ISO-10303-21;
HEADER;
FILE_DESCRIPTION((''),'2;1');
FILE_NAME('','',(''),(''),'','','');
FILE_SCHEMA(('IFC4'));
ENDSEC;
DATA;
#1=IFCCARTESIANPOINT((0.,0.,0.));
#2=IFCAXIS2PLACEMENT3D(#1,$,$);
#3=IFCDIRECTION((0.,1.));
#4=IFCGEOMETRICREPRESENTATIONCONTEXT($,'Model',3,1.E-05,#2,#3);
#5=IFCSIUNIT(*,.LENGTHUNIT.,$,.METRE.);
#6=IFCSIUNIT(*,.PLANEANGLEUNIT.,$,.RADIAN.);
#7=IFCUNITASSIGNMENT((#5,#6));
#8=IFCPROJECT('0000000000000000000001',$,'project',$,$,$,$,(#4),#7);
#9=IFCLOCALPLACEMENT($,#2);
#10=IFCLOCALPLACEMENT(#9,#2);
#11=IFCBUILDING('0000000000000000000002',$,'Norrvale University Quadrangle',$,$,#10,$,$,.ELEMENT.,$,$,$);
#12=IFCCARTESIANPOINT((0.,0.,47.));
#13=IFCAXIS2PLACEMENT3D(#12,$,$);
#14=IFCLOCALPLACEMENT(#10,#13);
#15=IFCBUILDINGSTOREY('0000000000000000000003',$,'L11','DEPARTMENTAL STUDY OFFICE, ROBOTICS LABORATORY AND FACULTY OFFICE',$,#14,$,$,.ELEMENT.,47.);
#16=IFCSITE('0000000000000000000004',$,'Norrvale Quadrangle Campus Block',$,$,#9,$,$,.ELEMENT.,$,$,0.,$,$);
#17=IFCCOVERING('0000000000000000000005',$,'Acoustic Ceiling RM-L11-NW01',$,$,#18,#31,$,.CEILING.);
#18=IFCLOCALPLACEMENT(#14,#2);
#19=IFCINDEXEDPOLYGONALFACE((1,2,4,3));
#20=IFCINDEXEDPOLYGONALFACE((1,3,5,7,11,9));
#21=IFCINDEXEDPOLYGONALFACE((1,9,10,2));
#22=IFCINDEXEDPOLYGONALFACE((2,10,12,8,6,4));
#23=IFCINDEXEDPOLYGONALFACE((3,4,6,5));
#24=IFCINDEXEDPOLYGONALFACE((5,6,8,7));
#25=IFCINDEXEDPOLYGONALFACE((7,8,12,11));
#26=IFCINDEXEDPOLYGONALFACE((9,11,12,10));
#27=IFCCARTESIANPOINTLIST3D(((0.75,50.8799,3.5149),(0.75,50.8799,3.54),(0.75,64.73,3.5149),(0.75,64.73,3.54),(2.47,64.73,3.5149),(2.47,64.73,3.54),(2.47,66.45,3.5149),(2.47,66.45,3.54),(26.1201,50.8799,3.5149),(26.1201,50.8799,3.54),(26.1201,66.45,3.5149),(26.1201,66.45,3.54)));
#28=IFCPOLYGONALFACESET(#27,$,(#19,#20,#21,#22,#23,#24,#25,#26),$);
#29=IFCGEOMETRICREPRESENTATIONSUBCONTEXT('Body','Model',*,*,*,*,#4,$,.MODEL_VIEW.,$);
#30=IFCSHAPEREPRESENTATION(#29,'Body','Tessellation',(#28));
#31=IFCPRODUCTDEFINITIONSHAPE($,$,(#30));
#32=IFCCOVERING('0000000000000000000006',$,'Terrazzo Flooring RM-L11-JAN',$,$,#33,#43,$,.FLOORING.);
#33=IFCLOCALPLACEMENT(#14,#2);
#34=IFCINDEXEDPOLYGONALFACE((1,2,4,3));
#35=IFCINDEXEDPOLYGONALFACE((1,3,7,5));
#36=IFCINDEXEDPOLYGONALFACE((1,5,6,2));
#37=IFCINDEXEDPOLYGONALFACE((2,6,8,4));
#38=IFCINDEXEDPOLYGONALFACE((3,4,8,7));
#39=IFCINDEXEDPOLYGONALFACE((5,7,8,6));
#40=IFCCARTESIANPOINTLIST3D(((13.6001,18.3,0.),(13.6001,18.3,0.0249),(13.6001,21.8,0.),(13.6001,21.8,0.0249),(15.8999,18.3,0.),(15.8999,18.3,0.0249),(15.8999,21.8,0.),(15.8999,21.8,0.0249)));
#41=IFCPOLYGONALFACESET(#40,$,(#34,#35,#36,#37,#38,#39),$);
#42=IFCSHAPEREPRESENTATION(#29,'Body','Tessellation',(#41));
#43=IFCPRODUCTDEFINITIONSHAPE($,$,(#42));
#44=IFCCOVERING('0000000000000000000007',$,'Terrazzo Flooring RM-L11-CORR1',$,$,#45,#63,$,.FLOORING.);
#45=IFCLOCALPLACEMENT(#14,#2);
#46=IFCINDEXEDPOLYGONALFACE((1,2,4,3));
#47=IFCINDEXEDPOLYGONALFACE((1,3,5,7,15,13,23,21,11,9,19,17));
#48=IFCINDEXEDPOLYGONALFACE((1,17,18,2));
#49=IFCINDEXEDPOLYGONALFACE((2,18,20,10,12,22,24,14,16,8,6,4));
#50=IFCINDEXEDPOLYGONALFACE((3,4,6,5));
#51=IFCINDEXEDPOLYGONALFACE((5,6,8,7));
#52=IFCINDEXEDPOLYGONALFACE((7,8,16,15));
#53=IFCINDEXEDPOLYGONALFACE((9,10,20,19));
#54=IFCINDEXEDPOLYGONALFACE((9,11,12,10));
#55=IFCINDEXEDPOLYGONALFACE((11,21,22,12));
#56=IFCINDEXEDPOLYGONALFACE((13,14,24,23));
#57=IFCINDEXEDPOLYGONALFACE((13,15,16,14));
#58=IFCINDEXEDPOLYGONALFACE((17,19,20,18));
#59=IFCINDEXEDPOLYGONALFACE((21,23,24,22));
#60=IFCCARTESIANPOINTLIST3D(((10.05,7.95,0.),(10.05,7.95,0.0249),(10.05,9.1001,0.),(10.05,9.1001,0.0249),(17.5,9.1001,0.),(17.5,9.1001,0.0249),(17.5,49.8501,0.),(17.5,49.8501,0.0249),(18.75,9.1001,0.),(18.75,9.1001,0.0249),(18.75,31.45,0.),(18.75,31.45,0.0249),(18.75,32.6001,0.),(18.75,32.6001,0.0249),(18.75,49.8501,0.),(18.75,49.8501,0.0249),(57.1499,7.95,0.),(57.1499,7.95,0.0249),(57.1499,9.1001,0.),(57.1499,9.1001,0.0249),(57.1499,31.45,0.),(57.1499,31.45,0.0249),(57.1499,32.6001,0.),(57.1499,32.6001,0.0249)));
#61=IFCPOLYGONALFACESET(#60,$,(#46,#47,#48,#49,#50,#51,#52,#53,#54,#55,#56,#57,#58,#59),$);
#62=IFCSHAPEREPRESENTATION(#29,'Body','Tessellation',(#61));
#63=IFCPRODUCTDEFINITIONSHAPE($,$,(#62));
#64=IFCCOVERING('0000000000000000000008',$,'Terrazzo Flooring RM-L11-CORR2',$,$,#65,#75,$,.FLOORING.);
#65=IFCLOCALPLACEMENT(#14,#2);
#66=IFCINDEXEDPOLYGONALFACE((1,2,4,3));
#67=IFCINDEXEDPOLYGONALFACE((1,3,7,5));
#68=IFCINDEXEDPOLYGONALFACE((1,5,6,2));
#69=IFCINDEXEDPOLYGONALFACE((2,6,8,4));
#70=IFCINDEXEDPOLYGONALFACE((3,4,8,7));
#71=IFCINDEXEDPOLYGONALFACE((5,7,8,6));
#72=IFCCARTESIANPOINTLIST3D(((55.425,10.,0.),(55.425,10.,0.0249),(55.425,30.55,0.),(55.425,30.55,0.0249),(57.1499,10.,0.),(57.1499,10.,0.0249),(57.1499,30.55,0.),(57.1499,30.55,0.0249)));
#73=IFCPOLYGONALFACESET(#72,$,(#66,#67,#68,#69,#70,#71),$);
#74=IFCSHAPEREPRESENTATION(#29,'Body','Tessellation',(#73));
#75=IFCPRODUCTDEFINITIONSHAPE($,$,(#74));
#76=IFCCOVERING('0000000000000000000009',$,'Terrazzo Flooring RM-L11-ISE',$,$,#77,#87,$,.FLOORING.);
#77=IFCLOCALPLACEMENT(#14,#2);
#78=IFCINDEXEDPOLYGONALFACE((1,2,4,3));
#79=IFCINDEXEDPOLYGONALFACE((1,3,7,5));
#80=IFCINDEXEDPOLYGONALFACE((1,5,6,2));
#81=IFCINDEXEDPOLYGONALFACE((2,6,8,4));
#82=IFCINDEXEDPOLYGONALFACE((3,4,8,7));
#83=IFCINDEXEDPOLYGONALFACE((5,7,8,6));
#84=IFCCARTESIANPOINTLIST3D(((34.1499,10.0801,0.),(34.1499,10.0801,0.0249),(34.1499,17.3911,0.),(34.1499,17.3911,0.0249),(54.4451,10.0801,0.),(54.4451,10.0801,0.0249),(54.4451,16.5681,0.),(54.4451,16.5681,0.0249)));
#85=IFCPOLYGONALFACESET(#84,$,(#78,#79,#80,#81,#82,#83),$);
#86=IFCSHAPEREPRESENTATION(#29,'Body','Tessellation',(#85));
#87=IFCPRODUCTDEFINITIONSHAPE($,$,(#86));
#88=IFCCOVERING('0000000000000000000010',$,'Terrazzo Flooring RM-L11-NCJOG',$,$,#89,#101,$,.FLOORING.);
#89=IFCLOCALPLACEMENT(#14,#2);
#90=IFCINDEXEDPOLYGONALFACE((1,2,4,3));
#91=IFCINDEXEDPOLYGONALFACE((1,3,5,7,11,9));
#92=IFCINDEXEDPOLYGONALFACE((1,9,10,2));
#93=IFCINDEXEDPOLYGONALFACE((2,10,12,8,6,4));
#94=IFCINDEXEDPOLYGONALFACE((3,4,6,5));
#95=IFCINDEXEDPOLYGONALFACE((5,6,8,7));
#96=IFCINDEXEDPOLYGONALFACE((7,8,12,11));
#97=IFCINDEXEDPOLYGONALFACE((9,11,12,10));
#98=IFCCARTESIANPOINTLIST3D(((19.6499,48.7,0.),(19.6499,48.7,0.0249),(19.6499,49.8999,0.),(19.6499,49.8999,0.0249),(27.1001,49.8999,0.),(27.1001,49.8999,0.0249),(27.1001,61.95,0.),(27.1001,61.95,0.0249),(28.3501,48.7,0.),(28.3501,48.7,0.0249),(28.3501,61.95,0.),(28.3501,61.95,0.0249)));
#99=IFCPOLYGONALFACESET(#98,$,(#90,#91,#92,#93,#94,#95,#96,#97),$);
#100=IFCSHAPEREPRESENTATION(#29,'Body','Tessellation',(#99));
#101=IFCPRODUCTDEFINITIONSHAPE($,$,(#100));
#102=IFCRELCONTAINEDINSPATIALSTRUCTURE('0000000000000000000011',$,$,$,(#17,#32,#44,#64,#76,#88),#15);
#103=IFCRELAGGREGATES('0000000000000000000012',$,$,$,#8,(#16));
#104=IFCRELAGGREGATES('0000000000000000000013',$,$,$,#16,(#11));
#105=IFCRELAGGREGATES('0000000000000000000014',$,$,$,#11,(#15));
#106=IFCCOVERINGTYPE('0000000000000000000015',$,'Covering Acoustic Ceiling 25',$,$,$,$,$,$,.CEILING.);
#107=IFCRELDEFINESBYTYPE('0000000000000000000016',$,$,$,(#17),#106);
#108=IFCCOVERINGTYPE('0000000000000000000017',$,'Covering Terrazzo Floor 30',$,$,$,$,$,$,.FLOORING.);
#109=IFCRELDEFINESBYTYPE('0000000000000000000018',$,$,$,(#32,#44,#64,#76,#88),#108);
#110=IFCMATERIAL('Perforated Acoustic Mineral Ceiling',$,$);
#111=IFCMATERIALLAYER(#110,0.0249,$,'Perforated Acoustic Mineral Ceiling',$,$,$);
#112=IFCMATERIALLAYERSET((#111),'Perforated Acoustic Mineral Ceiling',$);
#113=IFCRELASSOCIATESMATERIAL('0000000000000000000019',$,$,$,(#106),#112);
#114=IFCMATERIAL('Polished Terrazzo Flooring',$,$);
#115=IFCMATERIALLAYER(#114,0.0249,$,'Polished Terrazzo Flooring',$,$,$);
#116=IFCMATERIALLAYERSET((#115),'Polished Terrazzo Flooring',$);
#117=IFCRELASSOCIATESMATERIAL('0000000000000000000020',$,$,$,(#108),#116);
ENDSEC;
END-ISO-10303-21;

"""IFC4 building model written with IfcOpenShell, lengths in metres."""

from ifc_helpers import new_model, si_unit, direction, frame, origin, place, context, subcontext, project, spatial, polyline, outline, extrude, material, layer, layer_set, type_object, element, save


model = new_model("IFC4")

# Units and contexts
model_context = context("Model", 3, precision=1e-05, world=origin(), true_north=direction((0.0, 1.0)))
body_context = subcontext(model_context, "Body", "Model", "MODEL_VIEW")
ifc_project = project(units=[si_unit("LENGTHUNIT", "METRE"), si_unit("PLANEANGLEUNIT", "RADIAN")], contexts=[model_context])

# Site, building, storey
site_placement = place(None, origin())
site = spatial("IfcSite", under=ifc_project, at=site_placement, Name="Norrvale Quadrangle Campus Block", CompositionType="ELEMENT", RefElevation=0.0)
building_placement = place(site_placement, origin())
building = spatial("IfcBuilding", under=site, at=building_placement, Name="Norrvale University Quadrangle", CompositionType="ELEMENT")
storey_placement = place(building_placement, frame((0.0, 0.0, 47.0)))
storey = spatial("IfcBuildingStorey", under=building, at=storey_placement, Name="L11", Description="DEPARTMENTAL STUDY OFFICE, ROBOTICS LABORATORY AND FACULTY OFFICE", CompositionType="ELEMENT", Elevation=47.0)

# Coverings
ifc_material_1 = material(Name="Perforated Acoustic Mineral Ceiling")
ifc_layer_1 = layer(ifc_material_1, 0.0249, Name="Perforated Acoustic Mineral Ceiling")
ifc_layer_set_1 = layer_set([ifc_layer_1], Name="Perforated Acoustic Mineral Ceiling")
covering_type_1 = type_object("IfcCoveringType", Name="Covering Acoustic Ceiling 25", PredefinedType="CEILING", material=ifc_layer_set_1)
covering_1_placement = place(storey_placement, frame((0.0, 0.0, 3.5149)))
element("IfcCovering", 1, at=covering_1_placement, inside=storey, type_object=covering_type_1, Name="Acoustic Ceiling RM-L11-NW01", PredefinedType="CEILING", context=body_context, shape_type="SweptSolid", body=[
    extrude(outline(polyline([(26.1201, 66.45), (26.1201, 50.8799), (0.75, 50.8799), (0.75, 64.73), (2.47, 64.73), (2.47, 66.45), (26.1201, 66.45)])), origin(), (0.0, 0.0, 1.0), 0.0251),
])
ifc_material_2 = material(Name="Polished Terrazzo Flooring")
ifc_layer_2 = layer(ifc_material_2, 0.0249, Name="Polished Terrazzo Flooring")
ifc_layer_set_2 = layer_set([ifc_layer_2], Name="Polished Terrazzo Flooring")
covering_type_2 = type_object("IfcCoveringType", Name="Covering Terrazzo Floor 30", PredefinedType="FLOORING", material=ifc_layer_set_2)
covering_2_placement = place(storey_placement, origin())
element("IfcCovering", 2, at=covering_2_placement, inside=storey, type_object=covering_type_2, Name="Terrazzo Flooring RM-L11-JAN", PredefinedType="FLOORING", context=body_context, shape_type="SweptSolid", body=[
    extrude(outline(polyline([(13.6001, 18.3), (13.6001, 21.8), (15.8999, 21.8), (15.8999, 18.3), (13.6001, 18.3)])), origin(), (0.0, 0.0, 1.0), 0.0249),
])
covering_3_placement = place(storey_placement, origin())
element("IfcCovering", 3, at=covering_3_placement, inside=storey, type_object=covering_type_2, Name="Terrazzo Flooring RM-L11-CORR1", PredefinedType="FLOORING", context=body_context, shape_type="SweptSolid", body=[
    extrude(outline(polyline([(10.05, 7.95), (10.05, 9.1001), (17.5, 9.1001), (17.5, 49.8501), (18.75, 49.8501), (18.75, 32.6001), (57.1499, 32.6001), (57.1499, 31.45), (18.75, 31.45), (18.75, 9.1001), (57.1499, 9.1001), (57.1499, 7.95), (10.05, 7.95)])), origin(), (0.0, 0.0, 1.0), 0.0249),
])
covering_4_placement = place(storey_placement, origin())
element("IfcCovering", 4, at=covering_4_placement, inside=storey, type_object=covering_type_2, Name="Terrazzo Flooring RM-L11-CORR2", PredefinedType="FLOORING", context=body_context, shape_type="SweptSolid", body=[
    extrude(outline(polyline([(55.425, 10.0), (55.425, 30.55), (57.1499, 30.55), (57.1499, 10.0), (55.425, 10.0)])), origin(), (0.0, 0.0, 1.0), 0.0249),
])
covering_5_placement = place(storey_placement, origin())
element("IfcCovering", 5, at=covering_5_placement, inside=storey, type_object=covering_type_2, Name="Terrazzo Flooring RM-L11-ISE", PredefinedType="FLOORING", context=body_context, shape_type="SweptSolid", body=[
    extrude(outline(polyline([(34.1499, 10.0801), (34.1499, 17.3911), (54.4451, 16.5681), (54.4451, 10.0801), (34.1499, 10.0801)])), origin(), (0.0, 0.0, 1.0), 0.0249),
])
covering_6_placement = place(storey_placement, origin())
element("IfcCovering", 6, at=covering_6_placement, inside=storey, type_object=covering_type_2, Name="Terrazzo Flooring RM-L11-NCJOG", PredefinedType="FLOORING", context=body_context, shape_type="SweptSolid", body=[
    extrude(outline(polyline([(19.6499, 48.7), (19.6499, 49.8999), (27.1001, 49.8999), (27.1001, 61.95), (28.3501, 61.95), (28.3501, 48.7), (19.6499, 48.7)])), origin(), (0.0, 0.0, 1.0), 0.0249),
])

save(model, "model.ifc")
